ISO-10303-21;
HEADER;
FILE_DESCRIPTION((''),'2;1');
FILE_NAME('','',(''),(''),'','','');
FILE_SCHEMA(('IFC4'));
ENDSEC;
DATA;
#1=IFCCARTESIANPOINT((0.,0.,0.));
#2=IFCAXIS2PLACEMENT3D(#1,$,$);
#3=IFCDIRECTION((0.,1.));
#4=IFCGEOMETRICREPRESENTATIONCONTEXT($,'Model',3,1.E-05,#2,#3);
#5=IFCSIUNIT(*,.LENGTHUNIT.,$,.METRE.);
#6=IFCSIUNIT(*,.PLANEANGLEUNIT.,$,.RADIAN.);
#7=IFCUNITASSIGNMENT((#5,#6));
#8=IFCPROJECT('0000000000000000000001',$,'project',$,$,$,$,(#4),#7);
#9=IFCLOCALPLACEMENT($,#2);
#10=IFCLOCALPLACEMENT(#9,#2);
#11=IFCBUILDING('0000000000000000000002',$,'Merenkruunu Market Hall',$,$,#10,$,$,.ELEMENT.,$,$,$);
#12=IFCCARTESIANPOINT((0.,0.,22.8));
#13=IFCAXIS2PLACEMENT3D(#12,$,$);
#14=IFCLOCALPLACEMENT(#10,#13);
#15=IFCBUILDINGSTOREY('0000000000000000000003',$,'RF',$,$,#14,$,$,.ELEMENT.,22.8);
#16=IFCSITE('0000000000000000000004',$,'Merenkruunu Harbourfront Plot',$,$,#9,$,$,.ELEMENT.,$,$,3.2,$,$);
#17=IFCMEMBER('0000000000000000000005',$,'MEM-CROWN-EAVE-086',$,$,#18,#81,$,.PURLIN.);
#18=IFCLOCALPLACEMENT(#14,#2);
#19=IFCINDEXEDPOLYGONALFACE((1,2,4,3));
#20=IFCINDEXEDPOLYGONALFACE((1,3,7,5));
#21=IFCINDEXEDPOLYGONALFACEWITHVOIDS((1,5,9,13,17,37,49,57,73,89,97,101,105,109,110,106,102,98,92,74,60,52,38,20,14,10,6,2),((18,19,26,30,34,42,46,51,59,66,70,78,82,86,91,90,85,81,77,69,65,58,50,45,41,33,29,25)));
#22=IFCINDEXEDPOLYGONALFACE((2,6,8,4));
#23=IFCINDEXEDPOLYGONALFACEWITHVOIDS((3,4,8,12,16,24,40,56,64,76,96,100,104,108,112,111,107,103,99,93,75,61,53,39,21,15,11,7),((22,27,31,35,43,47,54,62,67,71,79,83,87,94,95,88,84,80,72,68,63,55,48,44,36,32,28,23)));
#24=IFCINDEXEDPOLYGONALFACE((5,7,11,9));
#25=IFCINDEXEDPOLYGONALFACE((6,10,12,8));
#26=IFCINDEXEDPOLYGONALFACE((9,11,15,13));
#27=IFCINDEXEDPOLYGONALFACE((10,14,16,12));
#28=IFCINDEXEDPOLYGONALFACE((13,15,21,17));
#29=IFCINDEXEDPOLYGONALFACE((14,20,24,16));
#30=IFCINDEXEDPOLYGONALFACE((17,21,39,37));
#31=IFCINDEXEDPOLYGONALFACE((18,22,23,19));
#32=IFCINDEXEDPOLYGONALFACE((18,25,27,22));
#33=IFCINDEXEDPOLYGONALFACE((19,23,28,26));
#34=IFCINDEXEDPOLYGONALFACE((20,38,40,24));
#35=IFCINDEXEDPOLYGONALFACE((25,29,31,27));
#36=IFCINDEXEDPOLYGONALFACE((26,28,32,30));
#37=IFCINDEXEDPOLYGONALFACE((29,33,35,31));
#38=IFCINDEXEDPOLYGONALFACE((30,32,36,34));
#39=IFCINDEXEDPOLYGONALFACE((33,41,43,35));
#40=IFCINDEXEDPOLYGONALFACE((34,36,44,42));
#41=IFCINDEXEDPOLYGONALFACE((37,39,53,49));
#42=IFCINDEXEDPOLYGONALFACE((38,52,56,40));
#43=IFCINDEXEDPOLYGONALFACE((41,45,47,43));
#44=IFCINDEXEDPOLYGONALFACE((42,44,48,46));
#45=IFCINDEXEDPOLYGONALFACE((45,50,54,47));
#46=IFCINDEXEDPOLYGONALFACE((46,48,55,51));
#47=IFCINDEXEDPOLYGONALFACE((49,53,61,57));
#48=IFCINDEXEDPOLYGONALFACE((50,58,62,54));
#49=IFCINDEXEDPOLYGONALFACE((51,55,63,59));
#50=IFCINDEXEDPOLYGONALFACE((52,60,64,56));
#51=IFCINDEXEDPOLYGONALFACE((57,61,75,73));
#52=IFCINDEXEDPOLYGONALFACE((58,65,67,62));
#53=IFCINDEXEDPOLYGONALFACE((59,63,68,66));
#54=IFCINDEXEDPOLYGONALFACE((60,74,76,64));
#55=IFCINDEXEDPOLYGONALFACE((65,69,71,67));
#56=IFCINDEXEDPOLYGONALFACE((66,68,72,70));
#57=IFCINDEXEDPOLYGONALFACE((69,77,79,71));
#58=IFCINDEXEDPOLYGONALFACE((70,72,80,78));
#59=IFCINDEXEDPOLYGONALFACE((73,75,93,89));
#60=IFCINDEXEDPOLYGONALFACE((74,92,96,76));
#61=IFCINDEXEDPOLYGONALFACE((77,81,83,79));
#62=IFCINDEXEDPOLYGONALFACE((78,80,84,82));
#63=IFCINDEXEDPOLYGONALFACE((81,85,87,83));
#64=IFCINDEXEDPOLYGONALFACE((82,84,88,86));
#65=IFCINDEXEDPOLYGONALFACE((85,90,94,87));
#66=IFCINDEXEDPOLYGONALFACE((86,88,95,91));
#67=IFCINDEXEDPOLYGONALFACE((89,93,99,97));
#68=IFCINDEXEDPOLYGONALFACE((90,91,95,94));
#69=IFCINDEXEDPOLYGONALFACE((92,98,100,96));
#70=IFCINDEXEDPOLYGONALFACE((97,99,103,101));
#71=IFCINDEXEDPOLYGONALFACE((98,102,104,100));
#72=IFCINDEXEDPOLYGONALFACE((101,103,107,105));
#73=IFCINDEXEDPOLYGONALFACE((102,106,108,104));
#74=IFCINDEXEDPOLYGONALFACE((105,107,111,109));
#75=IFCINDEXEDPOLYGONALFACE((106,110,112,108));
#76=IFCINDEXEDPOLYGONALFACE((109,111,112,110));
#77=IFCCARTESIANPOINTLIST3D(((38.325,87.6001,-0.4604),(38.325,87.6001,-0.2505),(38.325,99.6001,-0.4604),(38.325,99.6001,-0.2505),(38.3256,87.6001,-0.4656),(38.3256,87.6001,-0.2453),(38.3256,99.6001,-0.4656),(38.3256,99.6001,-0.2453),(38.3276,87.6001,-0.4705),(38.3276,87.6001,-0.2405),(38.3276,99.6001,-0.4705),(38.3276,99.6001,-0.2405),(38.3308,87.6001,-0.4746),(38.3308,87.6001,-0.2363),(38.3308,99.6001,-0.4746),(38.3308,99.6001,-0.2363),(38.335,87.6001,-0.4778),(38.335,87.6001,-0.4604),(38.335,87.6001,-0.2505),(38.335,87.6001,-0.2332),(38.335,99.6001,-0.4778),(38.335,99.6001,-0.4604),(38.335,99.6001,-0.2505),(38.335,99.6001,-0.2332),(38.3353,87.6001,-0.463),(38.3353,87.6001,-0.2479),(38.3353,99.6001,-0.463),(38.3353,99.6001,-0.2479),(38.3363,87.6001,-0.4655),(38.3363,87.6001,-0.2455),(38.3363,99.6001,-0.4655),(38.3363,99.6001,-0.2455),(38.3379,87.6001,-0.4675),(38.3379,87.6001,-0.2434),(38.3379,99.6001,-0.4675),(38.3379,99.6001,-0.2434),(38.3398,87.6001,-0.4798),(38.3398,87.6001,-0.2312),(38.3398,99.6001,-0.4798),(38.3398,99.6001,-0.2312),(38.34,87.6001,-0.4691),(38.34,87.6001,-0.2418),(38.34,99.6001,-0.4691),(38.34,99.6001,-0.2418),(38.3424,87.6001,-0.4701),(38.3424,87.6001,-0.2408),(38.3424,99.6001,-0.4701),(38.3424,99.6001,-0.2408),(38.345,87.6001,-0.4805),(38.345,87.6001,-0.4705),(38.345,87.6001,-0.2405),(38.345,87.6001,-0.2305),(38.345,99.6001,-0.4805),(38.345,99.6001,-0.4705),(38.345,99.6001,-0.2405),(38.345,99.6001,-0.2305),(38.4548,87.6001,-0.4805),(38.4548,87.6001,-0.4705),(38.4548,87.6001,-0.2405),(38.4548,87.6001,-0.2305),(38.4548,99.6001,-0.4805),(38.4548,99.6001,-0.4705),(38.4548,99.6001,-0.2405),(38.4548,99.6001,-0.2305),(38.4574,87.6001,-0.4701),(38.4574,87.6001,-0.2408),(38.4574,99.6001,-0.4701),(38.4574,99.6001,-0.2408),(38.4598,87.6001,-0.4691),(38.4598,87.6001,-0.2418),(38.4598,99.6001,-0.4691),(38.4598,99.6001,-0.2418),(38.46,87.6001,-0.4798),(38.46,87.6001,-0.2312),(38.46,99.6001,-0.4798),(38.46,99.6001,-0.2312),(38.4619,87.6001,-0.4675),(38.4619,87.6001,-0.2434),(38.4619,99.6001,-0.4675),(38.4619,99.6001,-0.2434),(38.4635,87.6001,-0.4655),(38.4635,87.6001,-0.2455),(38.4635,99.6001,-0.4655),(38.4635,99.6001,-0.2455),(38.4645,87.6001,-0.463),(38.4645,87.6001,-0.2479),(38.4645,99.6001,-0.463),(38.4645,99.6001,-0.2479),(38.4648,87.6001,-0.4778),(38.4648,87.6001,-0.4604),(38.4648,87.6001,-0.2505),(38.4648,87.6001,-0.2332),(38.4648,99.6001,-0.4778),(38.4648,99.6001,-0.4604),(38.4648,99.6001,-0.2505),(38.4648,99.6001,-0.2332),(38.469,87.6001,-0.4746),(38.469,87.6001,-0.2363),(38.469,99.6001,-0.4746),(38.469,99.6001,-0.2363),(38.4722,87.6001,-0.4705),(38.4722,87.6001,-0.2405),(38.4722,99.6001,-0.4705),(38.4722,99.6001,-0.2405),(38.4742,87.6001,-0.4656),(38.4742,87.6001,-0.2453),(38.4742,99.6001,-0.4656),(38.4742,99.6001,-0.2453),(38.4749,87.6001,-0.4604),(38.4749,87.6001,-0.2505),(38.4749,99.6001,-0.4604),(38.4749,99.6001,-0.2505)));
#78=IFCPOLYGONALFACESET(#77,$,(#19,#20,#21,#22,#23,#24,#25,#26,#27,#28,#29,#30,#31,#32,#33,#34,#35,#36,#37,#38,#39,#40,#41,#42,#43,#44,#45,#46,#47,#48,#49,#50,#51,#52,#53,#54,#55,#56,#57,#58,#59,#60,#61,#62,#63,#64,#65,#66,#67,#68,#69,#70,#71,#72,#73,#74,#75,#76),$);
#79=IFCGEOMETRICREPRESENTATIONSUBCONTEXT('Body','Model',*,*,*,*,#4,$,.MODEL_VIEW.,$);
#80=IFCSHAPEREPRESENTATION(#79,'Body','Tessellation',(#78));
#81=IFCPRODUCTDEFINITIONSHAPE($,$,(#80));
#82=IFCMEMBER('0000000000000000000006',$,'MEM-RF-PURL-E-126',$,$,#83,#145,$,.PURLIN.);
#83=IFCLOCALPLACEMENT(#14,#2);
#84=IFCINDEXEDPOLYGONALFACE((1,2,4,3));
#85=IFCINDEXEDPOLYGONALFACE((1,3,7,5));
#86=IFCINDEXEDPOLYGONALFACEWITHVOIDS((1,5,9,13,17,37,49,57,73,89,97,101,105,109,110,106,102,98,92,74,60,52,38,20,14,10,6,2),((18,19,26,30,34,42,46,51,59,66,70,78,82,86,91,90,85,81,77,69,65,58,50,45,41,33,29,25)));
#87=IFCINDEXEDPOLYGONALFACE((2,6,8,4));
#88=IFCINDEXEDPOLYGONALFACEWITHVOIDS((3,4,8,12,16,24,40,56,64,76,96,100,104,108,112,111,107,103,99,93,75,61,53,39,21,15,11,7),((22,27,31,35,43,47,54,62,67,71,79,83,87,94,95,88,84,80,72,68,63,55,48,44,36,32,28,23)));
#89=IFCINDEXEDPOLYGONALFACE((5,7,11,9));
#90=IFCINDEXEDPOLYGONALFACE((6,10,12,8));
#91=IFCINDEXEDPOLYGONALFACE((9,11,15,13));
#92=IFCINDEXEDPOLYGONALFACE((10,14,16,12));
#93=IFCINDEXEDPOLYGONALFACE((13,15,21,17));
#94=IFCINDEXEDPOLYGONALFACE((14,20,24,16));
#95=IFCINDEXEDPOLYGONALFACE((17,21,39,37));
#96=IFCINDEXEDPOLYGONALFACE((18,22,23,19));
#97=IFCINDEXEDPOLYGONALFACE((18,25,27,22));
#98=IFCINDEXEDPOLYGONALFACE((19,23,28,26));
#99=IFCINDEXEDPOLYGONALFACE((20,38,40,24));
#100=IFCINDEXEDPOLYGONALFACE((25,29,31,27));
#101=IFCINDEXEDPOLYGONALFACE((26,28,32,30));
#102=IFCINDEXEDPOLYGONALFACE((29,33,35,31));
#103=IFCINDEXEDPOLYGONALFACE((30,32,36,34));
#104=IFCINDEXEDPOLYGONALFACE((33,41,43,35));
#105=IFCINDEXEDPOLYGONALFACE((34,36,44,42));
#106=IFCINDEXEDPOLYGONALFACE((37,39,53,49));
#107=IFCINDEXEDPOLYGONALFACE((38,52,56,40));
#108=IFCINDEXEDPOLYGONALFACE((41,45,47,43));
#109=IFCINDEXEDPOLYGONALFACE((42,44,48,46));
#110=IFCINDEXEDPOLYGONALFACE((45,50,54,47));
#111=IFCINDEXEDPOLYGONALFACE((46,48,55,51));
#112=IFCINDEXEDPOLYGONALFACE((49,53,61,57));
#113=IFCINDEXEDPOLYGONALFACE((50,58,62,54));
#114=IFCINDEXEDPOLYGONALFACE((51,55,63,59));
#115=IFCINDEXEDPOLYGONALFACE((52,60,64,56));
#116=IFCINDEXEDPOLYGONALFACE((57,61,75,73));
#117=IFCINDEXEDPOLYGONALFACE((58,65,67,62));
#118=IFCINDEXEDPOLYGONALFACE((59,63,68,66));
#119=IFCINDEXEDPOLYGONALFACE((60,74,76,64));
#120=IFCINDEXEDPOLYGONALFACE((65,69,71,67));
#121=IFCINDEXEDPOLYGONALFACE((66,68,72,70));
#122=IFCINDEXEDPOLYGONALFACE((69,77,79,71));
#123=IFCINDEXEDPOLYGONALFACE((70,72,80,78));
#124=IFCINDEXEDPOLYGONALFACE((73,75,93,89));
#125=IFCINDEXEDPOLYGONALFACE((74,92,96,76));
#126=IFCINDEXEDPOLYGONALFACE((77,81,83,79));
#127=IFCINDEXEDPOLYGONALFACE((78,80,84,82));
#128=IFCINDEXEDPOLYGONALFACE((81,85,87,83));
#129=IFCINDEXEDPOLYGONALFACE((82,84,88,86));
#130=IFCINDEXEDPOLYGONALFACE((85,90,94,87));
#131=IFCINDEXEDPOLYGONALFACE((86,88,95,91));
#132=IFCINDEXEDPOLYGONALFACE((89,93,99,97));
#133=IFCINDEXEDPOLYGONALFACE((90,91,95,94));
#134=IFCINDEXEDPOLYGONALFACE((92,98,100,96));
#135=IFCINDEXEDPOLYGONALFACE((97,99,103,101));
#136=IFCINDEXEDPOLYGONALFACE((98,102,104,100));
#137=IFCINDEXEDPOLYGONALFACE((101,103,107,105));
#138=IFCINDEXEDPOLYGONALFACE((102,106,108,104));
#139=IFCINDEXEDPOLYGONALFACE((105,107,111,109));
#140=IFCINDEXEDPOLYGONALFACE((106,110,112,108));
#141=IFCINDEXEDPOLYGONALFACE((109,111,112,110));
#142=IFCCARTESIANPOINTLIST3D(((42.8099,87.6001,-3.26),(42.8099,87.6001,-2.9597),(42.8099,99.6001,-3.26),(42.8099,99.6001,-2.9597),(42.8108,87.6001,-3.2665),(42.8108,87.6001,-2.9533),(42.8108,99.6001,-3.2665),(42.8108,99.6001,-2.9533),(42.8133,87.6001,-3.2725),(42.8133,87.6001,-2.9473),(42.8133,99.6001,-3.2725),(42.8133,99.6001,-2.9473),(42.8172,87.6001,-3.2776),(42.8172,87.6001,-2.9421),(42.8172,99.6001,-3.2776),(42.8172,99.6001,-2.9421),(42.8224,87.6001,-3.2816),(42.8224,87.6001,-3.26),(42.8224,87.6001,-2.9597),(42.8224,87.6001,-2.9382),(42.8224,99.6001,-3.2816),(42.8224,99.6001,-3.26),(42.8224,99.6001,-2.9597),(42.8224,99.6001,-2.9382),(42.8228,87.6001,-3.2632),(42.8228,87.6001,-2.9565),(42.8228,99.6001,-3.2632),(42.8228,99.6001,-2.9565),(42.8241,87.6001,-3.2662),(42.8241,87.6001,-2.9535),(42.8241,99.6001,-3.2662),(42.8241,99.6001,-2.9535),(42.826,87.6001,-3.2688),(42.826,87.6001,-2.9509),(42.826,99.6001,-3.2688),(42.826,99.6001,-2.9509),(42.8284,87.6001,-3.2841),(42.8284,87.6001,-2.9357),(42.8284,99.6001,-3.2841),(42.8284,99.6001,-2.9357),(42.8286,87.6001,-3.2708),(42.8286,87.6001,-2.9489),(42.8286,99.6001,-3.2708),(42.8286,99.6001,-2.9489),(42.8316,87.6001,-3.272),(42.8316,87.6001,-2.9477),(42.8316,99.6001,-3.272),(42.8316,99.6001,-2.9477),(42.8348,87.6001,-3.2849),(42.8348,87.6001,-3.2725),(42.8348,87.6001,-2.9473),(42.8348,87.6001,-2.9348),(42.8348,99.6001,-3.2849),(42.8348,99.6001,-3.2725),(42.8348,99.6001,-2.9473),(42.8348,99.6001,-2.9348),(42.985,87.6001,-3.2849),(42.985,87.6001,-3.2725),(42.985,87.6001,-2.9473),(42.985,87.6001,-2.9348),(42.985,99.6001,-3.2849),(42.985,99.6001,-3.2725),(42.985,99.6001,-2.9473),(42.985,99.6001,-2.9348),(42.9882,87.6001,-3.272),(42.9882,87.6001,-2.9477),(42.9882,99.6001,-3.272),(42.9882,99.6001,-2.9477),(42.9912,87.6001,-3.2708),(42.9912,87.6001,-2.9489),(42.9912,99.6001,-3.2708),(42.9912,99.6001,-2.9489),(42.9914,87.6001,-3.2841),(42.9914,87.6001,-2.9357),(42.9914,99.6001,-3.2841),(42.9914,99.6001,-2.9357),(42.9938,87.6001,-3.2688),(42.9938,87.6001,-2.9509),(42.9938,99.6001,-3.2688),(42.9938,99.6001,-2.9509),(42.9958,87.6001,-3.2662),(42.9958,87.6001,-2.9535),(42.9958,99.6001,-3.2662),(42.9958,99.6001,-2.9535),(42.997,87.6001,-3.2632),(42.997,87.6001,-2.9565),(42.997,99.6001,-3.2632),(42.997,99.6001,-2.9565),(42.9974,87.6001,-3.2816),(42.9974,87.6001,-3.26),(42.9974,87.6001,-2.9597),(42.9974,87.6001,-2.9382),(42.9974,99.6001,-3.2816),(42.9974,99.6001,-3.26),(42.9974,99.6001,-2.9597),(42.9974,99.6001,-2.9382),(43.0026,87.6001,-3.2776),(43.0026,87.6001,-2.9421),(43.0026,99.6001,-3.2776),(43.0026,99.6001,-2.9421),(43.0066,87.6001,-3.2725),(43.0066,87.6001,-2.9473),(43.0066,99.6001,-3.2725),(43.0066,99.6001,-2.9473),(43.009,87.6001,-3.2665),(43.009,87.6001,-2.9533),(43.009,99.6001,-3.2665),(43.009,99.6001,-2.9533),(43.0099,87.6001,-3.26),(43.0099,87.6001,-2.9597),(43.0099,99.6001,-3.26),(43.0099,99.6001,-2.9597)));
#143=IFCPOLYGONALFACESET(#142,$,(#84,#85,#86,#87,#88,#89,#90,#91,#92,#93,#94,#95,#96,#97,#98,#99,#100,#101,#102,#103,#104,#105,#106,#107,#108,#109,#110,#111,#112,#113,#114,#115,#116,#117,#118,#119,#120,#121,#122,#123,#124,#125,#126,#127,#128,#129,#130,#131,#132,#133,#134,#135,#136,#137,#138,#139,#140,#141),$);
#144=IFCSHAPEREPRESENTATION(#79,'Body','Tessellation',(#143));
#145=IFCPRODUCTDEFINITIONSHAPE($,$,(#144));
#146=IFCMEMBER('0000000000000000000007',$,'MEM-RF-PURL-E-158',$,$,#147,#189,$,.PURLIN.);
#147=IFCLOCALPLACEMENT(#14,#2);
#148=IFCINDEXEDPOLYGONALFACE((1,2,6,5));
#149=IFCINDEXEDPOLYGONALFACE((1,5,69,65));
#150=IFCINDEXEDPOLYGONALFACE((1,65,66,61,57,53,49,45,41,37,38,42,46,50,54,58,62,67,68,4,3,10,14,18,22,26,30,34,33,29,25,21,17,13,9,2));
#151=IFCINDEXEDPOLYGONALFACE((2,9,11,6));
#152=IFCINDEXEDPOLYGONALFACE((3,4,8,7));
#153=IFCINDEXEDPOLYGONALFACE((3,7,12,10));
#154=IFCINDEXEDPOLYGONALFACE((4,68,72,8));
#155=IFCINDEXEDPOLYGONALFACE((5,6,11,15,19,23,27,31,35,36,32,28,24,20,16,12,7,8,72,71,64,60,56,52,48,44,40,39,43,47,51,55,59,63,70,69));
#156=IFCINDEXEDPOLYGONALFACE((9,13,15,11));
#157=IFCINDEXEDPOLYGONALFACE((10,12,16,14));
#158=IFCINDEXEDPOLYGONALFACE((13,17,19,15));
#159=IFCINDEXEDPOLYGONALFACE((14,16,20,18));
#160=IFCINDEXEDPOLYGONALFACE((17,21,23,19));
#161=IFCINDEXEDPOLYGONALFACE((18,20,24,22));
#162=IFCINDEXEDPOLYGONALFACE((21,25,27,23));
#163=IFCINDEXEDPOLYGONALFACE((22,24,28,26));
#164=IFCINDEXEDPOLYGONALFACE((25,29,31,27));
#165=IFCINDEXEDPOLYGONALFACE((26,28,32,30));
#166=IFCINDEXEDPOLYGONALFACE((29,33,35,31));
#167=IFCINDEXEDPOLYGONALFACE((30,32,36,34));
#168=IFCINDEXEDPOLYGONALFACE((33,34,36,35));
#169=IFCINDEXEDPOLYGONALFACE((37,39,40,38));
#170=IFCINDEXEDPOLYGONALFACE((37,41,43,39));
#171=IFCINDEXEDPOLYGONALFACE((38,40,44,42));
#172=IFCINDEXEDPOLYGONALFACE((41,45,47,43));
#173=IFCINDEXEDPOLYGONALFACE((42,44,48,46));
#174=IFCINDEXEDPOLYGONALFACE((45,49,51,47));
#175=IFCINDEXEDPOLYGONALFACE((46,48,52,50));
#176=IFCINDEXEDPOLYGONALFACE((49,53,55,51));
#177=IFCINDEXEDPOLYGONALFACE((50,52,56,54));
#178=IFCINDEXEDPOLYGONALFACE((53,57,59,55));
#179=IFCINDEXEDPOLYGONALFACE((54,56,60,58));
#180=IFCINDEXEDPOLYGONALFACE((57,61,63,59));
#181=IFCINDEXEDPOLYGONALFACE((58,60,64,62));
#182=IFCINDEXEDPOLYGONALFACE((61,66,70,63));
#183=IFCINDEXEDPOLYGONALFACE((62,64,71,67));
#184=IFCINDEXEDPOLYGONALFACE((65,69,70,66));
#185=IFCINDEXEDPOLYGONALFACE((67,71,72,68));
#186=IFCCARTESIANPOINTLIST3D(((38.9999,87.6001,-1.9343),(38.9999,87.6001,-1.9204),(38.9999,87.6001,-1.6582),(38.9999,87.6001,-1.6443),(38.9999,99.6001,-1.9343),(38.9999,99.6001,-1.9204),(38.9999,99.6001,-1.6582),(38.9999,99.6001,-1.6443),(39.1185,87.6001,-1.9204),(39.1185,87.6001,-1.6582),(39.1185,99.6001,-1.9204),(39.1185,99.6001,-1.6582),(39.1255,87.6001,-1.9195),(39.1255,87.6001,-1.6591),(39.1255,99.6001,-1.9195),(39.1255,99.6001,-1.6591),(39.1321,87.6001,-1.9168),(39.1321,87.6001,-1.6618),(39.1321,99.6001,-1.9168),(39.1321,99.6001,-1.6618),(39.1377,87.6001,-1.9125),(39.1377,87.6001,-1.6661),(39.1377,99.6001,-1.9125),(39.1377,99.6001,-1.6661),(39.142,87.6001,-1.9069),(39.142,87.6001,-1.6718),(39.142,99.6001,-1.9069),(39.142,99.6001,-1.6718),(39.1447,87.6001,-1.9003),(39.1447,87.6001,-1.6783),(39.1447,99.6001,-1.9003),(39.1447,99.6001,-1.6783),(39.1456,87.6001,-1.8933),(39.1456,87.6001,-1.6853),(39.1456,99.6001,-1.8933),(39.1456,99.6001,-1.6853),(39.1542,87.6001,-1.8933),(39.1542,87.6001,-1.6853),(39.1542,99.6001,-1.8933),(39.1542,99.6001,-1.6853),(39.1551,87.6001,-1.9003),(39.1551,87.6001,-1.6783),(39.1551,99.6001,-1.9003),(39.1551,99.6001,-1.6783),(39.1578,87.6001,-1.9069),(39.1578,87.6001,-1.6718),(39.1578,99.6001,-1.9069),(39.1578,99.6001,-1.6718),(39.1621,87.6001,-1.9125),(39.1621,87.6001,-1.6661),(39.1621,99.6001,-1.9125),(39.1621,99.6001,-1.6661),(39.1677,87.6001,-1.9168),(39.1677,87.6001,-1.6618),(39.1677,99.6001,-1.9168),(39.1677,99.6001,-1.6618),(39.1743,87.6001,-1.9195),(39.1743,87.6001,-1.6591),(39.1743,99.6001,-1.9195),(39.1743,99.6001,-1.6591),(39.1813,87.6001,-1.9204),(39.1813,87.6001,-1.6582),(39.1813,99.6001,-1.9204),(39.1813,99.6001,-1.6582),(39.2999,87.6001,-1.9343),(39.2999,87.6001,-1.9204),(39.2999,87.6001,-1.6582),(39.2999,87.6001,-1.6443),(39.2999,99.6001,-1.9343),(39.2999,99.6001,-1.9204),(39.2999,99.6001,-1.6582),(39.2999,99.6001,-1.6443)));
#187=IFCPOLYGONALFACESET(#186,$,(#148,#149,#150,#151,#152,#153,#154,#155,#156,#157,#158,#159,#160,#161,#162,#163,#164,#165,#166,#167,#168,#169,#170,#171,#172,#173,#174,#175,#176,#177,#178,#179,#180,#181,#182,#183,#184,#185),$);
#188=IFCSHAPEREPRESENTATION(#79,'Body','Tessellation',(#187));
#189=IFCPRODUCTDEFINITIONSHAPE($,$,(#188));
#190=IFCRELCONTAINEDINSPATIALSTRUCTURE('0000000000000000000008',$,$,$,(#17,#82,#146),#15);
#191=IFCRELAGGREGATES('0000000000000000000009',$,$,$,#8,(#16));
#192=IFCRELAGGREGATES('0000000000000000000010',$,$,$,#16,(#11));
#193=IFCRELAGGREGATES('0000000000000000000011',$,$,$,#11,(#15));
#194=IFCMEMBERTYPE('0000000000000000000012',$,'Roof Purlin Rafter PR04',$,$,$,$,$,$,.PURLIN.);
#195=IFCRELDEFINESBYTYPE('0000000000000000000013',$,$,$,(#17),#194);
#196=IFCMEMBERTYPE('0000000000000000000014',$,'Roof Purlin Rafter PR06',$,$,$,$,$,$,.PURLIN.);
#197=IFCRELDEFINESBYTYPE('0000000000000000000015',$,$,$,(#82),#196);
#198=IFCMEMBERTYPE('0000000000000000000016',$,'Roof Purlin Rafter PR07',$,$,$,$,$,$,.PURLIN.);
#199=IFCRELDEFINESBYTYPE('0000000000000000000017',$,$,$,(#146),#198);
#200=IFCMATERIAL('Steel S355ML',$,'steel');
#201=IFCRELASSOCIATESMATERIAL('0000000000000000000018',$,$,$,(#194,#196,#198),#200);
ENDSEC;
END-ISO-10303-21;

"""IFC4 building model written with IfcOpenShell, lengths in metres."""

from ifc_helpers import new_model, si_unit, direction, frame, origin, origin_2d, place, context, subcontext, project, spatial, hollow_rectangle, i_section, extrude, material, material_profile, profile_set, type_object, element, save


model = new_model("IFC4")

# Units and contexts
model_context = context("Model", 3, precision=1e-05, world=origin(), true_north=direction((0.0, 1.0)))
body_context = subcontext(model_context, "Body", "Model", "MODEL_VIEW")
ifc_project = project(units=[si_unit("LENGTHUNIT", "METRE"), si_unit("PLANEANGLEUNIT", "RADIAN")], contexts=[model_context])

# Site, building, storey
site_placement = place(None, origin())
site = spatial("IfcSite", under=ifc_project, at=site_placement, Name="Merenkruunu Harbourfront Plot", CompositionType="ELEMENT", RefElevation=3.2)
building_placement = place(site_placement, origin())
building = spatial("IfcBuilding", under=site, at=building_placement, Name="Merenkruunu Market Hall", CompositionType="ELEMENT")
storey_placement = place(building_placement, frame((0.0, 0.0, 22.8)))
storey = spatial("IfcBuildingStorey", under=building, at=storey_placement, Name="RF", CompositionType="ELEMENT", Elevation=22.8)

# Shared definitions
ifc_material_1 = material(Name="Steel S355ML", Category="steel")

# Members
ifc_material_profile_1 = material_profile(ifc_material_1, hollow_rectangle(XDim=0.1499, YDim=0.25, WallThickness=0.01, InnerFilletRadius=0.01, OuterFilletRadius=0.02, at=origin_2d()), Name="RHS 250x150x10")
ifc_profile_set_1 = profile_set([ifc_material_profile_1], Name="Steel S355ML")
member_type_1 = type_object("IfcMemberType", Name="Roof Purlin Rafter PR04", PredefinedType="PURLIN", material=ifc_profile_set_1)
member_1_placement = place(storey_placement, frame((38.3999, 87.6001, -0.3555), z_axis=(0.0, 1.0, 0.0), x_axis=(-1.0, 0.0, 0.0)))
element("IfcMember", 1, at=member_1_placement, inside=storey, type_object=member_type_1, Name="MEM-CROWN-EAVE-086", PredefinedType="PURLIN", context=body_context, shape_type="SweptSolid", body=[
    extrude(hollow_rectangle(XDim=0.1499, YDim=0.25, WallThickness=0.01, InnerFilletRadius=0.01, OuterFilletRadius=0.02, at=origin_2d()), origin(), (0.0, 0.0, 1.0), 12.0),
])
ifc_material_profile_2 = material_profile(ifc_material_1, hollow_rectangle(XDim=0.2, YDim=0.3501, WallThickness=0.0125, InnerFilletRadius=0.0125, OuterFilletRadius=0.0249, at=origin_2d()), Name="RHS 350x200x12.5")
ifc_profile_set_2 = profile_set([ifc_material_profile_2], Name="Steel S355ML")
member_type_2 = type_object("IfcMemberType", Name="Roof Purlin Rafter PR06", PredefinedType="PURLIN", material=ifc_profile_set_2)
member_2_placement = place(storey_placement, frame((42.9099, 87.6001, -3.1099), z_axis=(0.0, 1.0, 0.0), x_axis=(-1.0, 0.0, 0.0)))
element("IfcMember", 2, at=member_2_placement, inside=storey, type_object=member_type_2, Name="MEM-RF-PURL-E-126", PredefinedType="PURLIN", context=body_context, shape_type="SweptSolid", body=[
    extrude(hollow_rectangle(XDim=0.2, YDim=0.3501, WallThickness=0.0125, InnerFilletRadius=0.0125, OuterFilletRadius=0.0249, at=origin_2d()), origin(), (0.0, 0.0, 1.0), 12.0),
])
ifc_material_profile_3 = material_profile(ifc_material_1, i_section(OverallWidth=0.3, OverallDepth=0.29, WebThickness=0.0085, FlangeThickness=0.0139, FilletRadius=0.0271, at=origin_2d()), Name="HEA 300")
ifc_profile_set_3 = profile_set([ifc_material_profile_3], Name="Steel S355ML")
member_type_3 = type_object("IfcMemberType", Name="Roof Purlin Rafter PR07", PredefinedType="PURLIN", material=ifc_profile_set_3)
member_3_placement = place(storey_placement, frame((39.1499, 87.6001, -1.7893), z_axis=(0.0, 1.0, 0.0), x_axis=(-1.0, 0.0, 0.0)))
element("IfcMember", 3, at=member_3_placement, inside=storey, type_object=member_type_3, Name="MEM-RF-PURL-E-158", PredefinedType="PURLIN", context=body_context, shape_type="SweptSolid", body=[
    extrude(i_section(OverallWidth=0.3, OverallDepth=0.29, WebThickness=0.0085, FlangeThickness=0.0139, FilletRadius=0.0271, at=origin_2d()), origin(), (0.0, 0.0, 1.0), 12.0),
])

save(model, "model.ifc")
